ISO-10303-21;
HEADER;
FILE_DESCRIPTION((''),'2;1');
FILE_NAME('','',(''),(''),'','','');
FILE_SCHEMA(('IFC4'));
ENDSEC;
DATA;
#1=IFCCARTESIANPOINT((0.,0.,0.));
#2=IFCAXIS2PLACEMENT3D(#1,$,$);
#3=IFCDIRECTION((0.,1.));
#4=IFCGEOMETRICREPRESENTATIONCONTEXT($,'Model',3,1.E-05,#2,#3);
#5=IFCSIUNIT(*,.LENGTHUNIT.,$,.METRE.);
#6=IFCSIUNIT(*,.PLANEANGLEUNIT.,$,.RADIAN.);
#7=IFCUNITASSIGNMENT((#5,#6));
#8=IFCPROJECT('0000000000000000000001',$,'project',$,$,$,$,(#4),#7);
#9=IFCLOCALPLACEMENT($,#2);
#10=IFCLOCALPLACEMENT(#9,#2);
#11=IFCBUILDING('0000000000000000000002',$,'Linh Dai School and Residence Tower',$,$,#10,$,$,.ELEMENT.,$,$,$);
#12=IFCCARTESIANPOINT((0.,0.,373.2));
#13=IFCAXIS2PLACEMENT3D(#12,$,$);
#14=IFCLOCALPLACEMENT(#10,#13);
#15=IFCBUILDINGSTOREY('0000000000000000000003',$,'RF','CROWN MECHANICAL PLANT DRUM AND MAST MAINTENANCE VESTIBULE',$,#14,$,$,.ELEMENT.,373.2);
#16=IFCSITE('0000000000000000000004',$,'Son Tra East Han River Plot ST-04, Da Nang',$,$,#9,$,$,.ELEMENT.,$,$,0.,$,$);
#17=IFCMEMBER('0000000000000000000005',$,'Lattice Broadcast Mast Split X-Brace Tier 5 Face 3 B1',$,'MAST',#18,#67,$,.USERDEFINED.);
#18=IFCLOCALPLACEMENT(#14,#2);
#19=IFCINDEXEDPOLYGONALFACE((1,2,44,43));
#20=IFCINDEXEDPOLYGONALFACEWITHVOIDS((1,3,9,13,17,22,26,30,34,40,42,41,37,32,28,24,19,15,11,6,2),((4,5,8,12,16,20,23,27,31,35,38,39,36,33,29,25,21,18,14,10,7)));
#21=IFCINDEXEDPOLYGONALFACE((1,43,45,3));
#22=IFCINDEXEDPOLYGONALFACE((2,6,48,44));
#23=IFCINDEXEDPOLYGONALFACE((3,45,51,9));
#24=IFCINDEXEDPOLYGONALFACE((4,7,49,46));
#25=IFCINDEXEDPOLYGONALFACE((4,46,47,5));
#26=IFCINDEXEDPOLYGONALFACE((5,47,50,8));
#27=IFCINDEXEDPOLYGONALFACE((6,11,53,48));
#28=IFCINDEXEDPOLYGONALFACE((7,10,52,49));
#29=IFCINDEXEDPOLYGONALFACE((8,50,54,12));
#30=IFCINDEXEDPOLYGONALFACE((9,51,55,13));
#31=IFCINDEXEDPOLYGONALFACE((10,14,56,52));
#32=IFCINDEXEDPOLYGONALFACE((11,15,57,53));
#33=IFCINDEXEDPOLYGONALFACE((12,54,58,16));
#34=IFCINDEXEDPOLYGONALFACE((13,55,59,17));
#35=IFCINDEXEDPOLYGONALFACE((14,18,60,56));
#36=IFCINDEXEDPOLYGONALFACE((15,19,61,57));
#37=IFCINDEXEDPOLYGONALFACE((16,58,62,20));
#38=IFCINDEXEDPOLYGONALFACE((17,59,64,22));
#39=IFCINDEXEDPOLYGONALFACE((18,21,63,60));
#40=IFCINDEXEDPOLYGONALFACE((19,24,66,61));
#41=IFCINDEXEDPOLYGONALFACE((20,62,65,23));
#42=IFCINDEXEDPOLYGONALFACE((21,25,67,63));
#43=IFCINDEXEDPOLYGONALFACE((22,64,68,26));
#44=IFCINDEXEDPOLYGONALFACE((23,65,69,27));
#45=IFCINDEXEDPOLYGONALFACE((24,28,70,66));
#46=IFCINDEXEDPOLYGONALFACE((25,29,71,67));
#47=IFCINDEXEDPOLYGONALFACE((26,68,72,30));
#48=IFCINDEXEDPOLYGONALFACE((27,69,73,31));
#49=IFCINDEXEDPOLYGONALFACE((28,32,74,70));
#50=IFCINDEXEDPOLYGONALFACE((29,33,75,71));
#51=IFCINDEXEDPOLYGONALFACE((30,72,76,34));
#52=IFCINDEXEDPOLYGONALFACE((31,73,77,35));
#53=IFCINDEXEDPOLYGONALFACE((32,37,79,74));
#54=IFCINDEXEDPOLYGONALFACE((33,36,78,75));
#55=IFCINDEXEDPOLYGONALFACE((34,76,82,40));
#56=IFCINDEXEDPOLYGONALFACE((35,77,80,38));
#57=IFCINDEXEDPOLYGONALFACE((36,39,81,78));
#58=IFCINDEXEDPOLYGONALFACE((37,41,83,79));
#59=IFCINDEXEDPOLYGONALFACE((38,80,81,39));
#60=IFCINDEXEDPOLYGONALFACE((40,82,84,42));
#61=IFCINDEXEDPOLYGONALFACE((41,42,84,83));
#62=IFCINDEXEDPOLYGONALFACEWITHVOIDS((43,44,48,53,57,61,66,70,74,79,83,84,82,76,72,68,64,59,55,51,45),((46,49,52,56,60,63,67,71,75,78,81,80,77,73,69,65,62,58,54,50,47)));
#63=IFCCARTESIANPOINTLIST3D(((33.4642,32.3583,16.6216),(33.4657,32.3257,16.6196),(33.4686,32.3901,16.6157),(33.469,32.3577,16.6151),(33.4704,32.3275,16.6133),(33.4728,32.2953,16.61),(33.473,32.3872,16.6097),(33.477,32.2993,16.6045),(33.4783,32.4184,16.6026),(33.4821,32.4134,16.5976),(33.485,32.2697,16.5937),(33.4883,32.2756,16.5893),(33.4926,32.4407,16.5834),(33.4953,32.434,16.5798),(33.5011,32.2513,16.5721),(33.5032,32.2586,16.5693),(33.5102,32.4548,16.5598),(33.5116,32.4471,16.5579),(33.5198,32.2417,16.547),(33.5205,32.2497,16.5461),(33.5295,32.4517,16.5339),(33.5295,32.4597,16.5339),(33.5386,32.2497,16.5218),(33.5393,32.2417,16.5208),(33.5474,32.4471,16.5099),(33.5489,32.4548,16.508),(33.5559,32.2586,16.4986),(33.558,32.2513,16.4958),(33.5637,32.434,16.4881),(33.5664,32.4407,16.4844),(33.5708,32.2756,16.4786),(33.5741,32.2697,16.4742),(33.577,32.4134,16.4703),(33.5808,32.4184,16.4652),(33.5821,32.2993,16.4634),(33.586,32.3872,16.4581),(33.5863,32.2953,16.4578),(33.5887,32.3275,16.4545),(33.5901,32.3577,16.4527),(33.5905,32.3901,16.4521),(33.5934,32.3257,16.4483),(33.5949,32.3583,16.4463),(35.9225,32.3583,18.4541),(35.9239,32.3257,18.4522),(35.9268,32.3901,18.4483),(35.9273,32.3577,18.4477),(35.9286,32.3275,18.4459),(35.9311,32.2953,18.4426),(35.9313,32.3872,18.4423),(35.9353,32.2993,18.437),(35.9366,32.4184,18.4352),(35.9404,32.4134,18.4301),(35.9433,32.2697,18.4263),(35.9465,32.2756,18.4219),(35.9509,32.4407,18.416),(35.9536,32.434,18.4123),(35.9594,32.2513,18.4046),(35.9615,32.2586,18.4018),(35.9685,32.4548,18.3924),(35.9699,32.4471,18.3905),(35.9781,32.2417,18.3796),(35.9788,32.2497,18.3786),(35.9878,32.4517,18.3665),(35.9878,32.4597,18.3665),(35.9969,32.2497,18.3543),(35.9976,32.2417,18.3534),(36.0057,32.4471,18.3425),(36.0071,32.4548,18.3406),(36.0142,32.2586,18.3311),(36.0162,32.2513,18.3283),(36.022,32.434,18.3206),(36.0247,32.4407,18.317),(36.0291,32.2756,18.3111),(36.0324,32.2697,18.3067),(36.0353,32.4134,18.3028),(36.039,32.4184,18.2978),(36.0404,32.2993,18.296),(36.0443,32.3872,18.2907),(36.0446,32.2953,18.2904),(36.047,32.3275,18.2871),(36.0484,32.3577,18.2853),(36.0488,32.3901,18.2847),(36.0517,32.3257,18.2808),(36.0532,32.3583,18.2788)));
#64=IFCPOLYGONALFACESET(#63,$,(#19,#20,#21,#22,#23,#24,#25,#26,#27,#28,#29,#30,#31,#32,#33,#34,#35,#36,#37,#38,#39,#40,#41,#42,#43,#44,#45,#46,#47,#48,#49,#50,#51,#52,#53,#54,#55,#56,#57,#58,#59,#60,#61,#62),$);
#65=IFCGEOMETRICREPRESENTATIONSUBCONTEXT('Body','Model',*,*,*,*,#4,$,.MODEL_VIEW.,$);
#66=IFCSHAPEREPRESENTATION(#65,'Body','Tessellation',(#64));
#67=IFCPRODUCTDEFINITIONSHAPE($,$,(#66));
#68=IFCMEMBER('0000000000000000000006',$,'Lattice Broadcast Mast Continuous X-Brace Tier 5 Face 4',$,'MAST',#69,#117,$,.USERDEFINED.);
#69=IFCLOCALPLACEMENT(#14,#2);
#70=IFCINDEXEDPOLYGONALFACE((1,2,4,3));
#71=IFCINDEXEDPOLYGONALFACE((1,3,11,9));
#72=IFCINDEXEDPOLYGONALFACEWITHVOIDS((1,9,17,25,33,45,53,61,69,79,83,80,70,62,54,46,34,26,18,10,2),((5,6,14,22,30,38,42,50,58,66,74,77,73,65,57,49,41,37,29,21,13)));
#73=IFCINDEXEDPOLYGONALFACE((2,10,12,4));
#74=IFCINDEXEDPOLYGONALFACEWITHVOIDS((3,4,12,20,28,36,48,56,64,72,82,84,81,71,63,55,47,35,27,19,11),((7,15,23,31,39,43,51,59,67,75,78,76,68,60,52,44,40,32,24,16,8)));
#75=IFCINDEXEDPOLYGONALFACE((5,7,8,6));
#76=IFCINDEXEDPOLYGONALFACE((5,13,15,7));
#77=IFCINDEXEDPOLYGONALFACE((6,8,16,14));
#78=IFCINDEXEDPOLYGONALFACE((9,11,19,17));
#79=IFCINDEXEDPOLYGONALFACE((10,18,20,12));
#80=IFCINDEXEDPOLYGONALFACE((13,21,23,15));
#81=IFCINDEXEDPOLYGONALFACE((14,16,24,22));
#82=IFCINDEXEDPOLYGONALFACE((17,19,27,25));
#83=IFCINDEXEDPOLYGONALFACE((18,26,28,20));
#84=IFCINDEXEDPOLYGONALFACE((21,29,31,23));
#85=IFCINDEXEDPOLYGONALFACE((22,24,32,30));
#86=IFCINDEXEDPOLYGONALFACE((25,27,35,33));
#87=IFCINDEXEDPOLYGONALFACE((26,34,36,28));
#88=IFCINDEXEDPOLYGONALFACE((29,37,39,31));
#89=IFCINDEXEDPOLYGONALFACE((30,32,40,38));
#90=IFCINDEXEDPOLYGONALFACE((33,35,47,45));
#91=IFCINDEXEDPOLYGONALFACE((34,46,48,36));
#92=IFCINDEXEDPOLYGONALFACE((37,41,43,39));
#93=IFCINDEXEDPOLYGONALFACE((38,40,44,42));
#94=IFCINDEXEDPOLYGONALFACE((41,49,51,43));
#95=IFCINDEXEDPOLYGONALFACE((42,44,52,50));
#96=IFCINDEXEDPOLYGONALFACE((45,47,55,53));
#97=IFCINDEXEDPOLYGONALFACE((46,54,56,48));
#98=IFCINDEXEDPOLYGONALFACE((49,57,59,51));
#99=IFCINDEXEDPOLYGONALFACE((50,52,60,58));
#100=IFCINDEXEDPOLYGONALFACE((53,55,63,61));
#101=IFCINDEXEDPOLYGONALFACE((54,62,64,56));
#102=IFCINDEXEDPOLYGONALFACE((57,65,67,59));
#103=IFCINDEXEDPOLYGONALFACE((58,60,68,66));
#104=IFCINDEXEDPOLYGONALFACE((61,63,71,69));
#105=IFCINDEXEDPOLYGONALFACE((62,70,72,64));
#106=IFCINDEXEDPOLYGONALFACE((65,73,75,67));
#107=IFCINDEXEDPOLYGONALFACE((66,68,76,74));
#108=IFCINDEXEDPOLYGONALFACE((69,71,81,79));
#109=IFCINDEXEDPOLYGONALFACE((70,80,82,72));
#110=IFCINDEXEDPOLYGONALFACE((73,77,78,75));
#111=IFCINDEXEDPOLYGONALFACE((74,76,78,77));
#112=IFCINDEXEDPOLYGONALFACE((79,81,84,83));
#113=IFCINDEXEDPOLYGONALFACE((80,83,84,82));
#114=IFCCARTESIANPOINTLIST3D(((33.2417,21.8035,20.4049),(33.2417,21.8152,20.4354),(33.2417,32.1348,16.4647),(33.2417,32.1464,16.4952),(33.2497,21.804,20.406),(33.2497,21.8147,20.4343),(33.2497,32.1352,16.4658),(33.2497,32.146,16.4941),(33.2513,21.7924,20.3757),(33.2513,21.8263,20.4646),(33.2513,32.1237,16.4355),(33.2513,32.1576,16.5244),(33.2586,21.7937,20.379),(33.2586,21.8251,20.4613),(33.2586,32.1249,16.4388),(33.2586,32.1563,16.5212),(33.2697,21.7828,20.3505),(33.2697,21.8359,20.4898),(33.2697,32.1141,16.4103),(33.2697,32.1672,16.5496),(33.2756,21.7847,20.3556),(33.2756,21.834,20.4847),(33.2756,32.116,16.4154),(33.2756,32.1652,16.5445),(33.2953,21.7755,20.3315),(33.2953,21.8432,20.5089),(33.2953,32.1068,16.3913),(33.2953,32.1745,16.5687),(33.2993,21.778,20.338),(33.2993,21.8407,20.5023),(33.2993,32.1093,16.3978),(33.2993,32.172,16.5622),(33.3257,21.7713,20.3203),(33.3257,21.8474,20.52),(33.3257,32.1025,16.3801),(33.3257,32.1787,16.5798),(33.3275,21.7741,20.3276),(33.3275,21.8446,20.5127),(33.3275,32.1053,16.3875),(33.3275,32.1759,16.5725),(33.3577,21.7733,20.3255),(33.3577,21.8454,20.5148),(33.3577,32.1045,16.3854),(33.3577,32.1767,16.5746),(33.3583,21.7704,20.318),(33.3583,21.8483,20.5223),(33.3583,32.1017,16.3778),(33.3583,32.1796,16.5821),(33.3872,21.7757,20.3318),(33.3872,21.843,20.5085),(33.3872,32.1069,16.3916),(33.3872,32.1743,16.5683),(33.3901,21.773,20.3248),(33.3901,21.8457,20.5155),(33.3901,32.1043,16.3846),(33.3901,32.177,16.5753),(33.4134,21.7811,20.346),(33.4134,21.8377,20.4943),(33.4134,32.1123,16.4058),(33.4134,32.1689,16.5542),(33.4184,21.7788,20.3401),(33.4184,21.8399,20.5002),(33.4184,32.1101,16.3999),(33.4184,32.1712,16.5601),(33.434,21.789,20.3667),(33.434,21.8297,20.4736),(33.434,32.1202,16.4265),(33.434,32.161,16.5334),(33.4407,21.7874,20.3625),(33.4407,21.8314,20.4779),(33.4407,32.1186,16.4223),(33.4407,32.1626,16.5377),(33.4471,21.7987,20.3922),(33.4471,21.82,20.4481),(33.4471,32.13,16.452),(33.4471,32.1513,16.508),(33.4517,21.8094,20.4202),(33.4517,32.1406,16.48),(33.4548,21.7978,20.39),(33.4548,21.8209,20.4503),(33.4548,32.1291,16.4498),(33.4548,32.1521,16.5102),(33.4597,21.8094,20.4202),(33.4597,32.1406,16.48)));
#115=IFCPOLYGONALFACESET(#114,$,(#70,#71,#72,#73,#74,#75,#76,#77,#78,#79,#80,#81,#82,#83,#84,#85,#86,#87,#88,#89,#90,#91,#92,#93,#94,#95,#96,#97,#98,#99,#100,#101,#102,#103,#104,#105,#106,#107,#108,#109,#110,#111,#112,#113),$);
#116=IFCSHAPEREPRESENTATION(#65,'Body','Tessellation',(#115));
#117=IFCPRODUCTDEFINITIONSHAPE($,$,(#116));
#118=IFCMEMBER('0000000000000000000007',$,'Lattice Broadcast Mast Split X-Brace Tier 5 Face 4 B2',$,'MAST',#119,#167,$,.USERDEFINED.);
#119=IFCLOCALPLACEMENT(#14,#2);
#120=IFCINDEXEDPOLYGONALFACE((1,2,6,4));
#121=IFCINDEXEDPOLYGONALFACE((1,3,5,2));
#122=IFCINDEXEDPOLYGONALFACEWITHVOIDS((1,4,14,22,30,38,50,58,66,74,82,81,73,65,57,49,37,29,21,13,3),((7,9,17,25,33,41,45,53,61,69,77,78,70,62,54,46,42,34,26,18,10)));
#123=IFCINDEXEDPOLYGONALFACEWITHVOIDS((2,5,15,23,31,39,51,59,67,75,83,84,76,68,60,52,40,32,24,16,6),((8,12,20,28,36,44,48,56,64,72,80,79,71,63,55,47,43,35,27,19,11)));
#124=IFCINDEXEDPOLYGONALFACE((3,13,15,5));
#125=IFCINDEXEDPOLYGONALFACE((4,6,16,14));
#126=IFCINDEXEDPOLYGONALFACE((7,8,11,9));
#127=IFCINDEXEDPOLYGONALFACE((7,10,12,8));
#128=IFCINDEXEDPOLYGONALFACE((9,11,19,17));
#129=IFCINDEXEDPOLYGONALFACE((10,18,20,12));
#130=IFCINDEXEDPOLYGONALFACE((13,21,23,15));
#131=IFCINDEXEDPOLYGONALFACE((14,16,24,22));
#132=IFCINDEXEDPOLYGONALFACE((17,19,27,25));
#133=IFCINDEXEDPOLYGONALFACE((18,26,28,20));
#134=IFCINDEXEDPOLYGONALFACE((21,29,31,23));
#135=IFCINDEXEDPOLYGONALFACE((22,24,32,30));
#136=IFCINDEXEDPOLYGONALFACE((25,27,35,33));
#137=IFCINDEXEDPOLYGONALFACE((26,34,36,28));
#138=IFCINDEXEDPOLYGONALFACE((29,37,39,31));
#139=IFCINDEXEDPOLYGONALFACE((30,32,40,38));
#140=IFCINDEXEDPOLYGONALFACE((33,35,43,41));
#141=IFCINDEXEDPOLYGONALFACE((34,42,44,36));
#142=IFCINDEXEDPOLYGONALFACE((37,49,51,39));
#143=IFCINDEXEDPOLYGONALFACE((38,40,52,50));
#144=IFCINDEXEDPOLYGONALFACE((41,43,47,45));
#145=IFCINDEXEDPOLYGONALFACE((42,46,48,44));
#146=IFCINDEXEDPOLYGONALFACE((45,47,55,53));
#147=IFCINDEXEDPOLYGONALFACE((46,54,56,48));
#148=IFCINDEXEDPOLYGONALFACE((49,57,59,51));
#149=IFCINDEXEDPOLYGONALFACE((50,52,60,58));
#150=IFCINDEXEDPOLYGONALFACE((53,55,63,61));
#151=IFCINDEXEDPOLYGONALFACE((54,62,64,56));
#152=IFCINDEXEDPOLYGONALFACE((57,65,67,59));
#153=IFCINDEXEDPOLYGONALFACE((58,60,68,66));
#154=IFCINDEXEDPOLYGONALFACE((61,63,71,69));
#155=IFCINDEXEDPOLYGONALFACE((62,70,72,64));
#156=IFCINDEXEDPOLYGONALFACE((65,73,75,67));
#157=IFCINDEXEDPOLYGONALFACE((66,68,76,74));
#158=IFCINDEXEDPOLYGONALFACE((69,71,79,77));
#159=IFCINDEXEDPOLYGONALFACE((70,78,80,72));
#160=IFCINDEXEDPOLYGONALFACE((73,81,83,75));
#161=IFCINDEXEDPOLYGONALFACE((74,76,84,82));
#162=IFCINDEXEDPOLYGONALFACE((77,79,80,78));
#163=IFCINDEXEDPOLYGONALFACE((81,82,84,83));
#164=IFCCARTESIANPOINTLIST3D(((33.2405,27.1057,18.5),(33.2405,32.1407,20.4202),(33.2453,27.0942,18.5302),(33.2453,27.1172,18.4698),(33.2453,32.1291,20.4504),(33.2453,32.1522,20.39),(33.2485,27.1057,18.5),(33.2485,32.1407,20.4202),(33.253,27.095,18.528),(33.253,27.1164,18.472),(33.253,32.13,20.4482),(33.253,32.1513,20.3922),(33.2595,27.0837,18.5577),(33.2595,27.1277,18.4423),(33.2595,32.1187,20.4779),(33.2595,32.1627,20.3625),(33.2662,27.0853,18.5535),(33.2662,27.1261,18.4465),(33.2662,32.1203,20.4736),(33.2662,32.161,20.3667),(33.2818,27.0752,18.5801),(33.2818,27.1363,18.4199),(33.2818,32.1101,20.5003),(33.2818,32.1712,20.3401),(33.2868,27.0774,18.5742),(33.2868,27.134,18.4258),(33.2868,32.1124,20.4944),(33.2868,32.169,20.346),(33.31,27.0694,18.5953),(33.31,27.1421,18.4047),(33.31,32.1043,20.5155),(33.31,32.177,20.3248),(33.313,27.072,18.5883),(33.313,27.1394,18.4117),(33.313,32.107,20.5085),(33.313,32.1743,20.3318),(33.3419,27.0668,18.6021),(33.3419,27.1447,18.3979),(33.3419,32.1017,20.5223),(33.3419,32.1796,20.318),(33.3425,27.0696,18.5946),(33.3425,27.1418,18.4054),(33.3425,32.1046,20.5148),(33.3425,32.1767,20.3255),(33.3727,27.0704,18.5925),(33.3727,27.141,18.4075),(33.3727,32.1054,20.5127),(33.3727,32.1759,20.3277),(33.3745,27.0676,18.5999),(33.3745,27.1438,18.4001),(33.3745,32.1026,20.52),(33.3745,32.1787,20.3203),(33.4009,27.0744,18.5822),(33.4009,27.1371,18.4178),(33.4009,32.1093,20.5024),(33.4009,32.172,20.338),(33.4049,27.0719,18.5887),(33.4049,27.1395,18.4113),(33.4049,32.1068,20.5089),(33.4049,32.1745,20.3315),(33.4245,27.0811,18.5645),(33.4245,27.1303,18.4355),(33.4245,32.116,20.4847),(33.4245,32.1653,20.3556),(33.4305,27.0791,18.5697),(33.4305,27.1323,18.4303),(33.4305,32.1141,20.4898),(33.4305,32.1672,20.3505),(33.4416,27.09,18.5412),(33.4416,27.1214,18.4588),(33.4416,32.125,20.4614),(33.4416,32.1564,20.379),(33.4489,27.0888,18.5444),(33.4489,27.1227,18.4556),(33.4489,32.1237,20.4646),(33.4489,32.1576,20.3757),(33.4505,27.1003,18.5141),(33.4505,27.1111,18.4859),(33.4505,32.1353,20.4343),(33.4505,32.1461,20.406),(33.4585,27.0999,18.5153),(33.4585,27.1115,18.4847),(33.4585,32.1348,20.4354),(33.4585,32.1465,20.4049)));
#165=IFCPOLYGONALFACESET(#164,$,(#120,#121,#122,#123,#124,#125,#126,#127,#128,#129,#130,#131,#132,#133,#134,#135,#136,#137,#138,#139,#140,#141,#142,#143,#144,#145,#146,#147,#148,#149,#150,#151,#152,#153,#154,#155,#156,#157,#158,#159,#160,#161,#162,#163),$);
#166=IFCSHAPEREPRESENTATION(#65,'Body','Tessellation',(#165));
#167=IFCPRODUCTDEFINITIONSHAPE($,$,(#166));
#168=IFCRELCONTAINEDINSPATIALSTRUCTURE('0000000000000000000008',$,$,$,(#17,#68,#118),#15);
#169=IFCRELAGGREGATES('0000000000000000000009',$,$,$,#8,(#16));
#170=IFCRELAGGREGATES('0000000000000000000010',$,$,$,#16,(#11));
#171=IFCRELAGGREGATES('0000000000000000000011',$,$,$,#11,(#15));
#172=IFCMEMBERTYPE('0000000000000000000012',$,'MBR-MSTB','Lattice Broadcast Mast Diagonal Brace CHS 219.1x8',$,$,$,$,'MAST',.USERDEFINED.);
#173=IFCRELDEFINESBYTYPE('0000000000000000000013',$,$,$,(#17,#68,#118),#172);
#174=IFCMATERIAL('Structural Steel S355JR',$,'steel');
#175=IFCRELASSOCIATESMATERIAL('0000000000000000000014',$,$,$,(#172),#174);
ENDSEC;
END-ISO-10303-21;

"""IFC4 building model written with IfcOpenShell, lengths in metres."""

from ifc_helpers import new_model, si_unit, direction, frame, origin, origin_2d, place, context, subcontext, project, spatial, hollow_circle, extrude, material, material_profile, profile_set, type_object, element, save


model = new_model("IFC4")

# Units and contexts
model_context = context("Model", 3, precision=1e-05, world=origin(), true_north=direction((0.0, 1.0)))
body_context = subcontext(model_context, "Body", "Model", "MODEL_VIEW")
ifc_project = project(units=[si_unit("LENGTHUNIT", "METRE"), si_unit("PLANEANGLEUNIT", "RADIAN")], contexts=[model_context])

# Site, building, storey
site_placement = place(None, origin())
site = spatial("IfcSite", under=ifc_project, at=site_placement, Name="Son Tra East Han River Plot ST-04, Da Nang", CompositionType="ELEMENT", RefElevation=0.0)
building_placement = place(site_placement, origin())
building = spatial("IfcBuilding", under=site, at=building_placement, Name="Linh Dai School and Residence Tower", CompositionType="ELEMENT")
storey_placement = place(building_placement, frame((0.0, 0.0, 373.2)))
storey = spatial("IfcBuildingStorey", under=building, at=storey_placement, Name="RF", Description="CROWN MECHANICAL PLANT DRUM AND MAST MAINTENANCE VESTIBULE", CompositionType="ELEMENT", Elevation=373.2)

# Shared definitions
ifc_material = material(Name="Structural Steel S355JR", Category="steel")

# Members
ifc_material_profile_1 = material_profile(ifc_material, hollow_circle(Radius=0.1096, WallThickness=0.0081, at=origin_2d()), Name="CHS 219.1x8")
ifc_profile_set_1 = profile_set([ifc_material_profile_1], Name="Structural Steel S355JR")
member_type = type_object("IfcMemberType", Name="MBR-MSTB", Description="Lattice Broadcast Mast Diagonal Brace CHS 219.1x8", ElementType="MAST", PredefinedType="USERDEFINED", material=ifc_profile_set_1)
member_1_placement = place(storey_placement, frame((33.5295, 32.3501, 16.5339), z_axis=(0.801745, 0.0, 0.597666), x_axis=(0.0, 1.0, 0.0)))
element("IfcMember", 1, at=member_1_placement, inside=storey, type_object=member_type, Name="Lattice Broadcast Mast Split X-Brace Tier 5 Face 3 B1", ObjectType="MAST", PredefinedType="USERDEFINED", context=body_context, shape_type="SweptSolid", body=[
    extrude(hollow_circle(Radius=0.1096, WallThickness=0.0081, at=origin_2d()), origin(), (0.0, 0.0, 1.0), 3.0662),
])
member_2_placement = place(storey_placement, frame((33.3501, 32.1406, 16.48), z_axis=(0.0, -0.934354, 0.356347), x_axis=(1.0, 0.0, 0.0)))
element("IfcMember", 2, at=member_2_placement, inside=storey, type_object=member_type, Name="Lattice Broadcast Mast Continuous X-Brace Tier 5 Face 4", ObjectType="MAST", PredefinedType="USERDEFINED", context=body_context, shape_type="SweptSolid", body=[
    extrude(hollow_circle(Radius=0.1096, WallThickness=0.0081, at=origin_2d()), origin(), (0.0, 0.0, 1.0), 11.0571),
])
member_3_placement = place(storey_placement, frame((33.3501, 27.1057, 18.5), z_axis=(0.0, 0.934358, 0.356336), x_axis=(-1.0, 0.0, 0.0)))
element("IfcMember", 3, at=member_3_placement, inside=storey, type_object=member_type, Name="Lattice Broadcast Mast Split X-Brace Tier 5 Face 4 B2", ObjectType="MAST", PredefinedType="USERDEFINED", context=body_context, shape_type="SweptSolid", body=[
    extrude(hollow_circle(Radius=0.1096, WallThickness=0.0081, at=origin_2d()), origin(), (0.0, 0.0, 1.0), 5.3887),
])

save(model, "model.ifc")
